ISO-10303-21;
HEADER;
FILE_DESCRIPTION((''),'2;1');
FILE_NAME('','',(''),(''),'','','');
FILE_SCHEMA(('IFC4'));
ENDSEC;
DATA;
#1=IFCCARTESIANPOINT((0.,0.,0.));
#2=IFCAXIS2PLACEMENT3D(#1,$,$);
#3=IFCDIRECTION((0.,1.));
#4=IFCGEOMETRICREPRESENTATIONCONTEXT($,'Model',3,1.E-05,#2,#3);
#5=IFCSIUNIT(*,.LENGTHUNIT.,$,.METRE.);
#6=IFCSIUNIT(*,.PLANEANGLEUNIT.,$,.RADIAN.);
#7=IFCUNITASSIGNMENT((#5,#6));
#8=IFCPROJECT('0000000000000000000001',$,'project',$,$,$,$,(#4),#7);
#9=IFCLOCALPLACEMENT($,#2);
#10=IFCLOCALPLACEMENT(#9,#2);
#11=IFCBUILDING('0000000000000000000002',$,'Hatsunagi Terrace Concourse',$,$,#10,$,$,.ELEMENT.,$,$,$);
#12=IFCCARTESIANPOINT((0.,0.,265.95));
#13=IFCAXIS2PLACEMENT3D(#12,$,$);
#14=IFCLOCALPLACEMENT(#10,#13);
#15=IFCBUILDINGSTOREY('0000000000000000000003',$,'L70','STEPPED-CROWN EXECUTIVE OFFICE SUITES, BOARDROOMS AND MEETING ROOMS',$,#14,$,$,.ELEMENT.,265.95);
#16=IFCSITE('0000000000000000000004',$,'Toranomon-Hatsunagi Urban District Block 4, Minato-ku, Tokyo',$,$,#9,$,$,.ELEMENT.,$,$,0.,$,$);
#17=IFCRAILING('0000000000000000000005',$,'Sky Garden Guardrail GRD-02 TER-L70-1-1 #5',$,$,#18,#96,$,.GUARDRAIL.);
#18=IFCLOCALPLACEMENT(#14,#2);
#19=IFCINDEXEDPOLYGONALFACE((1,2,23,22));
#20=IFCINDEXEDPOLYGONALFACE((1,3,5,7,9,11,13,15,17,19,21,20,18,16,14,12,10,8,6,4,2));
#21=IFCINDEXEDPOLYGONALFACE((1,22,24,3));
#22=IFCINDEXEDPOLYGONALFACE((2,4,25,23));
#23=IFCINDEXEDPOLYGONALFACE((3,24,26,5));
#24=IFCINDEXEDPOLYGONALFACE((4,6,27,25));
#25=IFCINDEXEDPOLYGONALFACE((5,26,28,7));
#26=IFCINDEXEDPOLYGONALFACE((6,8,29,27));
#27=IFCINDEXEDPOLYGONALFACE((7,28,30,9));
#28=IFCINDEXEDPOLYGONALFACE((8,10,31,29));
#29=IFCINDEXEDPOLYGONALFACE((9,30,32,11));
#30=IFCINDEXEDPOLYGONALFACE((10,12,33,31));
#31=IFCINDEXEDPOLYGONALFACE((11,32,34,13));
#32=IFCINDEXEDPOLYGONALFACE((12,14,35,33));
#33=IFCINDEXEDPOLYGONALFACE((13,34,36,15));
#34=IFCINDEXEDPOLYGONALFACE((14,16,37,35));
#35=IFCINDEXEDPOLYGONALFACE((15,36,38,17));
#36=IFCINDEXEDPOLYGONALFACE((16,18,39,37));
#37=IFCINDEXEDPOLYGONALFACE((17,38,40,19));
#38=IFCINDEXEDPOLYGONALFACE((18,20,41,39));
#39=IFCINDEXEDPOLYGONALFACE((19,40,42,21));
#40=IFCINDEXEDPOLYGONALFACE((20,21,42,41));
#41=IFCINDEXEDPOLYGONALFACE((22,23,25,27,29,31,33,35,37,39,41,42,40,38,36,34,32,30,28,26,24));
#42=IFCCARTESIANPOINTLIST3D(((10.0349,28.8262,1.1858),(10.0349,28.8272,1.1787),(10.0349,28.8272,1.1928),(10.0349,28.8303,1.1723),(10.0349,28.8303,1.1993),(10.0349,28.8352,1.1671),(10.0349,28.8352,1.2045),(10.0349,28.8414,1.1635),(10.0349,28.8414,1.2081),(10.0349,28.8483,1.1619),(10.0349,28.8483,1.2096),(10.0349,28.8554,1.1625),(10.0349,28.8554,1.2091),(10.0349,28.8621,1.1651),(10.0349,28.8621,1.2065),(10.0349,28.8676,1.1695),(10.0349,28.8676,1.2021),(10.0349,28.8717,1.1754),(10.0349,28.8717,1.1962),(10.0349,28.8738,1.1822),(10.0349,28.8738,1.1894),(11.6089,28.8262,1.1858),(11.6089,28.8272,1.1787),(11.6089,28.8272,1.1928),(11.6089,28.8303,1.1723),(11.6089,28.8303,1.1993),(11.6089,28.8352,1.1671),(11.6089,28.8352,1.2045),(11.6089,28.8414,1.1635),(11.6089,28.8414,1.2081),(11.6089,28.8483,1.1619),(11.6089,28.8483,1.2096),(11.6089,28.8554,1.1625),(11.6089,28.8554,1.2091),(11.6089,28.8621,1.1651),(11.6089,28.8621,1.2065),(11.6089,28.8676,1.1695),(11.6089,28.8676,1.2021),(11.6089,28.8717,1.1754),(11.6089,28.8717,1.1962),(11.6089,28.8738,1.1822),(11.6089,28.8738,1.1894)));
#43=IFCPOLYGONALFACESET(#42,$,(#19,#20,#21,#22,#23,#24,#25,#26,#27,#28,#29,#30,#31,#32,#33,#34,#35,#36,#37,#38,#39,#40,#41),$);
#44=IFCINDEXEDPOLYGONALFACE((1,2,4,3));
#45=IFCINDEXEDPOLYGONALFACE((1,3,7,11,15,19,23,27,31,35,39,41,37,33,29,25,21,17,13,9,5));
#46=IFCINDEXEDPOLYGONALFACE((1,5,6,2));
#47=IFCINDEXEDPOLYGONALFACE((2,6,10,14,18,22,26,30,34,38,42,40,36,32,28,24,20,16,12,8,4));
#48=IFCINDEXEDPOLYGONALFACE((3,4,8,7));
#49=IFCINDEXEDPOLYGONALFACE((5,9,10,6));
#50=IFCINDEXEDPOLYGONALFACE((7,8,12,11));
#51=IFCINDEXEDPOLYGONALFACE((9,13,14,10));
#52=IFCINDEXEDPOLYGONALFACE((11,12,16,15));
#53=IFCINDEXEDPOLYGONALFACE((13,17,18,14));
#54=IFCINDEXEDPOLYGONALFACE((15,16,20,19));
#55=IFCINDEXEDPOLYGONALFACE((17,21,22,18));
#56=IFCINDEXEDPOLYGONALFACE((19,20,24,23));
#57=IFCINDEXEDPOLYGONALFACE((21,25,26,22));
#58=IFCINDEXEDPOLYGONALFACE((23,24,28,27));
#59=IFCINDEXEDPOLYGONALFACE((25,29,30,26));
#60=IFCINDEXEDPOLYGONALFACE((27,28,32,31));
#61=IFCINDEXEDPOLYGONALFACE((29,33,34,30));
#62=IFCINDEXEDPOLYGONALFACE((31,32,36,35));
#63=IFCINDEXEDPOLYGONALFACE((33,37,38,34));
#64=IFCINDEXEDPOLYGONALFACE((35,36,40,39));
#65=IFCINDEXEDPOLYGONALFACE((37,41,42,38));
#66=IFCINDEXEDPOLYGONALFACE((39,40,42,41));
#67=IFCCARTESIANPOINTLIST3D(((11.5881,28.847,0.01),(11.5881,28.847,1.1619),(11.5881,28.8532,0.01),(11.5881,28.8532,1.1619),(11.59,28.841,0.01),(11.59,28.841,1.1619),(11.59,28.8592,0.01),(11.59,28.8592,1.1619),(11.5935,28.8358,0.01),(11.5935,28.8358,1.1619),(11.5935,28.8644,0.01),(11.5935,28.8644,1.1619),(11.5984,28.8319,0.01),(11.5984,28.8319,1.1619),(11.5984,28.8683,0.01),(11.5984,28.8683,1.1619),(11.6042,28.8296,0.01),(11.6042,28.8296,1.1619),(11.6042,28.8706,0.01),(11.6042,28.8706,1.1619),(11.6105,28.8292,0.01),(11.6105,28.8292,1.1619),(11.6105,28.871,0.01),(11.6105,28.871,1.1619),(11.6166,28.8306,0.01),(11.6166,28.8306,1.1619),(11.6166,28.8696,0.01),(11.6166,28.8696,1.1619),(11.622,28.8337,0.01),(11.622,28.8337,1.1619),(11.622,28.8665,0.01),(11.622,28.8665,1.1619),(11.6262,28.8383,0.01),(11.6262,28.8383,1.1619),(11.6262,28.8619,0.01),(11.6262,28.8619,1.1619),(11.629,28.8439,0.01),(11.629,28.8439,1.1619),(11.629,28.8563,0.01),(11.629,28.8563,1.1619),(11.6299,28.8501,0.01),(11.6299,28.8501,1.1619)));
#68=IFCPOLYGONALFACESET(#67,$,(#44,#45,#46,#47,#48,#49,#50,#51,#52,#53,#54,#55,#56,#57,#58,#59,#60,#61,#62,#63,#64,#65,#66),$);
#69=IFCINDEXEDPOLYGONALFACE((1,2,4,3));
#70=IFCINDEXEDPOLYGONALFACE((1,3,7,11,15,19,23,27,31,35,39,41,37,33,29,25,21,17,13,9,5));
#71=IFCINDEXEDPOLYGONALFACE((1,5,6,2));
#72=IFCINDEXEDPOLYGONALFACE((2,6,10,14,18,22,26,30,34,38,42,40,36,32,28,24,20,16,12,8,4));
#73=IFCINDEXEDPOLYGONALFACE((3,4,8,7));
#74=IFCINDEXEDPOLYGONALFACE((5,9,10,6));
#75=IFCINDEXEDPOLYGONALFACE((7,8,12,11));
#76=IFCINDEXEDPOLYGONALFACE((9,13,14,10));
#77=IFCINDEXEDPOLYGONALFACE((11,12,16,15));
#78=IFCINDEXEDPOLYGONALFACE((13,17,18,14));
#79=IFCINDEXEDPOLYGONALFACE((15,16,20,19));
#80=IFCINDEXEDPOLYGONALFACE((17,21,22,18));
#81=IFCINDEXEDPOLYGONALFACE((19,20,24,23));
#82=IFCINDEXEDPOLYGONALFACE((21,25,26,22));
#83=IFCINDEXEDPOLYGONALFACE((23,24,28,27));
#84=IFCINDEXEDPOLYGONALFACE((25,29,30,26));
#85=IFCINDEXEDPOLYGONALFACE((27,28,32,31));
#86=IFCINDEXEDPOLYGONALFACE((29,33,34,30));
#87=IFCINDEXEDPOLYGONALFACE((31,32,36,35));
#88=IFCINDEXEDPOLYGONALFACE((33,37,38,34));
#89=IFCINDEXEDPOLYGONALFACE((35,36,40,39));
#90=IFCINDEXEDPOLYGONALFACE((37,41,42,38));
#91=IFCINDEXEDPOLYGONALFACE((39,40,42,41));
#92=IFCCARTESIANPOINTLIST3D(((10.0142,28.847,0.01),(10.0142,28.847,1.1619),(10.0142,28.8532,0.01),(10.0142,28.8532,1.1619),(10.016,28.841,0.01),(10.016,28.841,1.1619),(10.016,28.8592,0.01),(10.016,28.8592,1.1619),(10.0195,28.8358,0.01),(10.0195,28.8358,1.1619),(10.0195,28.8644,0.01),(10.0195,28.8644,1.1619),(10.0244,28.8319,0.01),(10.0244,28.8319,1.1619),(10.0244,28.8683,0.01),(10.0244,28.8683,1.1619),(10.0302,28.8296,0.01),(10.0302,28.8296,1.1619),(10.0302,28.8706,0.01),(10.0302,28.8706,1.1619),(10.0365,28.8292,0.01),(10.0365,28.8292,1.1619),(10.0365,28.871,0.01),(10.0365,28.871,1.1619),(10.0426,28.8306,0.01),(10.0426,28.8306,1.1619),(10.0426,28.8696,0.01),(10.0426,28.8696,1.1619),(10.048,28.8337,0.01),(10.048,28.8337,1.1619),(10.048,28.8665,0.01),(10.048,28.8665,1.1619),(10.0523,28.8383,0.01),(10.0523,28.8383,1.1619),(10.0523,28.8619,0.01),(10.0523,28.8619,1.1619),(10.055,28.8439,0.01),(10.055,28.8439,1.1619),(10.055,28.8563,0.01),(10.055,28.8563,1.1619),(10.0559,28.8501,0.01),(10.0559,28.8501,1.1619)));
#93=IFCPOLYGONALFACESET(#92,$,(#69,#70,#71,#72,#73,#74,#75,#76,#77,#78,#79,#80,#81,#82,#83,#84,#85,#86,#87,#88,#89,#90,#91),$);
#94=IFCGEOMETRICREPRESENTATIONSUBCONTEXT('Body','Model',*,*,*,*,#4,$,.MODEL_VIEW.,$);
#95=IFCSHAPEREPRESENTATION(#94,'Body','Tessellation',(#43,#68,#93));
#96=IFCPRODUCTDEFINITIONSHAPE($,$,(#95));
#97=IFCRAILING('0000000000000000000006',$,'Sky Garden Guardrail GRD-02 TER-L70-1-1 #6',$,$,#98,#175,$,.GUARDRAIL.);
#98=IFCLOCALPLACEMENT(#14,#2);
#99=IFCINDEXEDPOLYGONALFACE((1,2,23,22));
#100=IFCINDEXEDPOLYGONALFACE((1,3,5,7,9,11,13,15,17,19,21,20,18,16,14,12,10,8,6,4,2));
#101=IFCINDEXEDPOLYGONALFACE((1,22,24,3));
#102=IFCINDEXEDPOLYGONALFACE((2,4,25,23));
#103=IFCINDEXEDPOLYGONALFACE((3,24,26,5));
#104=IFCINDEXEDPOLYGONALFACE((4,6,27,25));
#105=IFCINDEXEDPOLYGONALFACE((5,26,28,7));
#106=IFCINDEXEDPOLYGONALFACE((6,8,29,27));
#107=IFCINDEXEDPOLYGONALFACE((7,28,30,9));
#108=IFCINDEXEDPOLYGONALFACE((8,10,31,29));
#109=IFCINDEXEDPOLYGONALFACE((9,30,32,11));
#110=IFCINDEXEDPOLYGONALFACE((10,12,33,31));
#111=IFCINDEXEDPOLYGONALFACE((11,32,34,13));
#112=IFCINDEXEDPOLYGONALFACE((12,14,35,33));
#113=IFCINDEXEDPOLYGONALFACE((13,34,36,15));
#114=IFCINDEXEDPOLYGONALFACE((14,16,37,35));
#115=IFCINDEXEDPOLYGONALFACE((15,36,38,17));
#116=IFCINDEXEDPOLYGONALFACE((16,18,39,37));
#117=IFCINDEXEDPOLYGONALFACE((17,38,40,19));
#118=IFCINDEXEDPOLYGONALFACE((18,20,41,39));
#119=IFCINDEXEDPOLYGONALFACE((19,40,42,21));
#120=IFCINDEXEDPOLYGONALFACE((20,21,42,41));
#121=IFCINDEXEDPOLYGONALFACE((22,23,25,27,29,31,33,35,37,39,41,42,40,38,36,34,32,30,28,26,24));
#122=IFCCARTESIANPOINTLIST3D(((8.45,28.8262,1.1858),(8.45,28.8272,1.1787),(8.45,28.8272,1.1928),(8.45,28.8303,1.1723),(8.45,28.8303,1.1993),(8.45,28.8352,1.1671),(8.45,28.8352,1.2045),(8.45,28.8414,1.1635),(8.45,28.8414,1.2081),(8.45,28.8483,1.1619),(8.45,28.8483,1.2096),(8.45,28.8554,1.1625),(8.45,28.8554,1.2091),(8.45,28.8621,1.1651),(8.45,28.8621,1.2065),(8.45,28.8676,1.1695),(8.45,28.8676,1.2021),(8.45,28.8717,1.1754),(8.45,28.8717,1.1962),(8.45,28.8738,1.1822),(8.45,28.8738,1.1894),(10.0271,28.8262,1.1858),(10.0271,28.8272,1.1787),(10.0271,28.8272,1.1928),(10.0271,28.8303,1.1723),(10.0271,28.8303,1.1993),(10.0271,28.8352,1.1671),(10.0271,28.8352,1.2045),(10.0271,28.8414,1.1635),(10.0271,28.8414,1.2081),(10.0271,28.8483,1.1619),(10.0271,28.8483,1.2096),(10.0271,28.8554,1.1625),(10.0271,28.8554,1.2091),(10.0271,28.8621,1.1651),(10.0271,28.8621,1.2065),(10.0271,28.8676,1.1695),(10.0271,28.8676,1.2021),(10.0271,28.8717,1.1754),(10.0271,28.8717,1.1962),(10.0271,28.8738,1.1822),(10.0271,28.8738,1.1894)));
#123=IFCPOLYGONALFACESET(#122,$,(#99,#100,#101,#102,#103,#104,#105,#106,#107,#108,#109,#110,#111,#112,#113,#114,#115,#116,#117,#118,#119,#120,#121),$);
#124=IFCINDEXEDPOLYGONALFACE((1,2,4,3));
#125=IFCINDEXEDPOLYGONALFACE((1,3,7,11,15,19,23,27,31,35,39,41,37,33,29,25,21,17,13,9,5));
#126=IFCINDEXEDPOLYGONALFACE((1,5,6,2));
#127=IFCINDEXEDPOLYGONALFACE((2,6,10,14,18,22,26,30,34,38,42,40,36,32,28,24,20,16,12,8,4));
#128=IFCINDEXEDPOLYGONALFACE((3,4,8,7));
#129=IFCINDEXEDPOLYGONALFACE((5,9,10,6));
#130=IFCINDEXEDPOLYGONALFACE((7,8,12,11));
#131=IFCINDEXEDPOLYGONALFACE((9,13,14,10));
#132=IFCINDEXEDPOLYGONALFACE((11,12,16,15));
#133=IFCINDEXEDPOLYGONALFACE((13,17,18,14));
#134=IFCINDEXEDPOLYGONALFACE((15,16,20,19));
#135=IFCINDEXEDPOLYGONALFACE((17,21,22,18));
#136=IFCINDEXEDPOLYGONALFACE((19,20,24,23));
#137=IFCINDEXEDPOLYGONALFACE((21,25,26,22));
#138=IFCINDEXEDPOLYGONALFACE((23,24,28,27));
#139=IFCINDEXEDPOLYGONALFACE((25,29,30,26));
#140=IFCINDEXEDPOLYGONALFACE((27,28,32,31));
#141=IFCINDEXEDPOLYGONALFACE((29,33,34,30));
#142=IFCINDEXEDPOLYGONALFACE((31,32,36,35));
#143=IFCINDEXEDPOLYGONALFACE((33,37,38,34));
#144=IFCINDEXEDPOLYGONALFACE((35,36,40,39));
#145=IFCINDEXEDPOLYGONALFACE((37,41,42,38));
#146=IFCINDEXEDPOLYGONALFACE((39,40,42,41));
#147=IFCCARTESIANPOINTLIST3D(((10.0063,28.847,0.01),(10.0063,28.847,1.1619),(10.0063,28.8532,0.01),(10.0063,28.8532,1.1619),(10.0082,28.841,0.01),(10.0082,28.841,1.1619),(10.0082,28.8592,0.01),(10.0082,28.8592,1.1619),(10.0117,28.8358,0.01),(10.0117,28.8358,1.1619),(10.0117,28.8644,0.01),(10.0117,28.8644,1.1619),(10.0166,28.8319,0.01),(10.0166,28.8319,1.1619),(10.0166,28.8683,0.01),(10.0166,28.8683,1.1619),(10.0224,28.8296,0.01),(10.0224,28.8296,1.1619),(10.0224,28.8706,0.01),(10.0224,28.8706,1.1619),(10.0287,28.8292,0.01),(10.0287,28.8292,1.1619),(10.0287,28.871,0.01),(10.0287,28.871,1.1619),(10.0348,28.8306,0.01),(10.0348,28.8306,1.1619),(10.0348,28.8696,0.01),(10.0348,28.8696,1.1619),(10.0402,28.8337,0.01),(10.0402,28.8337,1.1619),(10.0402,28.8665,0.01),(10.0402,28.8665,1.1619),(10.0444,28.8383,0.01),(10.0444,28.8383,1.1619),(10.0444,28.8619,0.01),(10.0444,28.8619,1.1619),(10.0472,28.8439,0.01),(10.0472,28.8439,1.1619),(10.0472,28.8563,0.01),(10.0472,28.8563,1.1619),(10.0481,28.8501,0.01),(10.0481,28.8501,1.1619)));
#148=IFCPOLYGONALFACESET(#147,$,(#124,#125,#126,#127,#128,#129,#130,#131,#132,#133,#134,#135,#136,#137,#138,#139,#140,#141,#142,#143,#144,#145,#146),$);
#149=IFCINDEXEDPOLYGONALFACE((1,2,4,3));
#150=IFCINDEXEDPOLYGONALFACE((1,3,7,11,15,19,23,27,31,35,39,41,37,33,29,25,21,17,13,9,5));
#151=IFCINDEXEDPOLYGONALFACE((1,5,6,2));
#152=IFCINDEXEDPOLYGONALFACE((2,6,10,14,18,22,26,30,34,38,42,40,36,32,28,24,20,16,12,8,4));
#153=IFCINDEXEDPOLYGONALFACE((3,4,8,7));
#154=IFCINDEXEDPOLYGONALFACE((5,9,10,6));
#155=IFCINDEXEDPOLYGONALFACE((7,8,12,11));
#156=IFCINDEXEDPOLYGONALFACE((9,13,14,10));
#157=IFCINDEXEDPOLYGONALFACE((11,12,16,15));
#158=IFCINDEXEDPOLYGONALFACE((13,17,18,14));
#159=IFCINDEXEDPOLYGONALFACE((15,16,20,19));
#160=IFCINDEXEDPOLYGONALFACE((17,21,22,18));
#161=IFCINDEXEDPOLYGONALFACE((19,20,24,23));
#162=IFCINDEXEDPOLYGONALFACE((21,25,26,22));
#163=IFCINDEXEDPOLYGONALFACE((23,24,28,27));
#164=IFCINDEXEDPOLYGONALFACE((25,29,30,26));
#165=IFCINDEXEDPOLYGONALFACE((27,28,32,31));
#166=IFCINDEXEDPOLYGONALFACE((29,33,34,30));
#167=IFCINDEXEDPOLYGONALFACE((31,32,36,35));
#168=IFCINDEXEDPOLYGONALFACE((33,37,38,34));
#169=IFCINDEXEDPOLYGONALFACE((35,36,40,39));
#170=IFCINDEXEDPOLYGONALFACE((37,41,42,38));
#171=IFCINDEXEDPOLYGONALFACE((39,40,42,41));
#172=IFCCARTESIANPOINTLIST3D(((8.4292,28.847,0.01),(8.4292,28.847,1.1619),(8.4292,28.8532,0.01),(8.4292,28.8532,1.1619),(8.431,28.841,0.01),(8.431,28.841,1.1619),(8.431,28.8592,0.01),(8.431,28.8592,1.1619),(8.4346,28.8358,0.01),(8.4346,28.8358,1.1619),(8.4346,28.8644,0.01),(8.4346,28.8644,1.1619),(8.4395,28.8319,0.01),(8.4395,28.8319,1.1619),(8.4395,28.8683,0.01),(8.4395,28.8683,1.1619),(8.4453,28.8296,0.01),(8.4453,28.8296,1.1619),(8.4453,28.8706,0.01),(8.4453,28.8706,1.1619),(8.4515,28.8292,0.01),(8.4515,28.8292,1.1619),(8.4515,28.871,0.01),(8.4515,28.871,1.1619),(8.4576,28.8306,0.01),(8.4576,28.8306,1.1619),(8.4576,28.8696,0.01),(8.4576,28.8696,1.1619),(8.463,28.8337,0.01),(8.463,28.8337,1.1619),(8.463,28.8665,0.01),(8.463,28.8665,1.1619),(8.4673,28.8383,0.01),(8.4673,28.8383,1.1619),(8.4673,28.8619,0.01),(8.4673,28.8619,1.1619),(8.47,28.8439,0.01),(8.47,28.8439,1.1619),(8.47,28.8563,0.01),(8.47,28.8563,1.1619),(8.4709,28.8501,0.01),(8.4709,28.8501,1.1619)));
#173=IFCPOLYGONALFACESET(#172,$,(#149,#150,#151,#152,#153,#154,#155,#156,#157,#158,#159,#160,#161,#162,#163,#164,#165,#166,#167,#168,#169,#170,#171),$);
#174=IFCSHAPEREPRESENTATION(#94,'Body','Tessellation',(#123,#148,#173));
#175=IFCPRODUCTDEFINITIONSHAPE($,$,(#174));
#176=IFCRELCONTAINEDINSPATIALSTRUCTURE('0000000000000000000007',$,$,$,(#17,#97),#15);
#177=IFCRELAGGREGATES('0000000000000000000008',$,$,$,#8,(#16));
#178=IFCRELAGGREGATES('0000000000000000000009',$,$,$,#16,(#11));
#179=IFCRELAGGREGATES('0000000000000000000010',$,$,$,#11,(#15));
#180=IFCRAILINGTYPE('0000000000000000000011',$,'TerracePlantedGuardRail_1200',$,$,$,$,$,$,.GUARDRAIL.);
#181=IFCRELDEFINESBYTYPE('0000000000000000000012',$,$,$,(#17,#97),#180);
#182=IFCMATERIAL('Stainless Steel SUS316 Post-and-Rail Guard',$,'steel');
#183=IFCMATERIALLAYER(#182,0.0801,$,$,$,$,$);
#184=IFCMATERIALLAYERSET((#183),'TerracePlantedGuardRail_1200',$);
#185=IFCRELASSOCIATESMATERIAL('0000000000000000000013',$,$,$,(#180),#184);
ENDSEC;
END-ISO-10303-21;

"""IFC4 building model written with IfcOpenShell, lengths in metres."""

from ifc_helpers import new_model, si_unit, direction, frame, origin, origin_2d, place, context, subcontext, project, spatial, circle, extrude, material, layer, layer_set, type_object, element, save


model = new_model("IFC4")

# Units and contexts
model_context = context("Model", 3, precision=1e-05, world=origin(), true_north=direction((0.0, 1.0)))
body_context = subcontext(model_context, "Body", "Model", "MODEL_VIEW")
ifc_project = project(units=[si_unit("LENGTHUNIT", "METRE"), si_unit("PLANEANGLEUNIT", "RADIAN")], contexts=[model_context])

# Site, building, storey
site_placement = place(None, origin())
site = spatial("IfcSite", under=ifc_project, at=site_placement, Name="Toranomon-Hatsunagi Urban District Block 4, Minato-ku, Tokyo", CompositionType="ELEMENT", RefElevation=0.0)
building_placement = place(site_placement, origin())
building = spatial("IfcBuilding", under=site, at=building_placement, Name="Hatsunagi Terrace Concourse", CompositionType="ELEMENT")
storey_placement = place(building_placement, frame((0.0, 0.0, 265.95)))
storey = spatial("IfcBuildingStorey", under=building, at=storey_placement, Name="L70", Description="STEPPED-CROWN EXECUTIVE OFFICE SUITES, BOARDROOMS AND MEETING ROOMS", CompositionType="ELEMENT", Elevation=265.95)

# Railings
ifc_material_1 = material(Name="Stainless Steel SUS316 Post-and-Rail Guard", Category="steel")
ifc_layer_1 = layer(ifc_material_1, 0.0801)
ifc_layer_set_1 = layer_set([ifc_layer_1], Name="TerracePlantedGuardRail_1200")
railing_type = type_object("IfcRailingType", Name="TerracePlantedGuardRail_1200", PredefinedType="GUARDRAIL", material=ifc_layer_set_1)
railing_1_placement = place(storey_placement, frame((11.6089, 28.8501, 0.01)))
element("IfcRailing", 1, at=railing_1_placement, inside=storey, type_object=railing_type, Name="Sky Garden Guardrail GRD-02 TER-L70-1-1 #5", PredefinedType="GUARDRAIL", context=body_context, shape_type="SweptSolid", body=[
    extrude(circle(Radius=0.0239, at=origin_2d()), frame((0.0, 0.0, 1.1758), z_axis=(-1.0, 0.0, 0.0), x_axis=(0.0, -1.0, 0.0)), (0.0, 0.0, 1.0), 1.574),
    extrude(circle(Radius=0.021, at=origin_2d()), origin(), (0.0, 0.0, 1.0), 1.1519),
    extrude(circle(Radius=0.021, at=origin_2d()), frame((-1.574, 0.0, 0.0)), (0.0, 0.0, 1.0), 1.1519),
])
railing_2_placement = place(storey_placement, frame((10.0271, 28.8501, 0.01)))
element("IfcRailing", 2, at=railing_2_placement, inside=storey, type_object=railing_type, Name="Sky Garden Guardrail GRD-02 TER-L70-1-1 #6", PredefinedType="GUARDRAIL", context=body_context, shape_type="SweptSolid", body=[
    extrude(circle(Radius=0.0239, at=origin_2d()), frame((0.0, 0.0, 1.1758), z_axis=(-1.0, 0.0, 0.0), x_axis=(0.0, -1.0, 0.0)), (0.0, 0.0, 1.0), 1.5771),
    extrude(circle(Radius=0.021, at=origin_2d()), origin(), (0.0, 0.0, 1.0), 1.1519),
    extrude(circle(Radius=0.021, at=origin_2d()), frame((-1.5771, 0.0, 0.0)), (0.0, 0.0, 1.0), 1.1519),
])

save(model, "model.ifc")
